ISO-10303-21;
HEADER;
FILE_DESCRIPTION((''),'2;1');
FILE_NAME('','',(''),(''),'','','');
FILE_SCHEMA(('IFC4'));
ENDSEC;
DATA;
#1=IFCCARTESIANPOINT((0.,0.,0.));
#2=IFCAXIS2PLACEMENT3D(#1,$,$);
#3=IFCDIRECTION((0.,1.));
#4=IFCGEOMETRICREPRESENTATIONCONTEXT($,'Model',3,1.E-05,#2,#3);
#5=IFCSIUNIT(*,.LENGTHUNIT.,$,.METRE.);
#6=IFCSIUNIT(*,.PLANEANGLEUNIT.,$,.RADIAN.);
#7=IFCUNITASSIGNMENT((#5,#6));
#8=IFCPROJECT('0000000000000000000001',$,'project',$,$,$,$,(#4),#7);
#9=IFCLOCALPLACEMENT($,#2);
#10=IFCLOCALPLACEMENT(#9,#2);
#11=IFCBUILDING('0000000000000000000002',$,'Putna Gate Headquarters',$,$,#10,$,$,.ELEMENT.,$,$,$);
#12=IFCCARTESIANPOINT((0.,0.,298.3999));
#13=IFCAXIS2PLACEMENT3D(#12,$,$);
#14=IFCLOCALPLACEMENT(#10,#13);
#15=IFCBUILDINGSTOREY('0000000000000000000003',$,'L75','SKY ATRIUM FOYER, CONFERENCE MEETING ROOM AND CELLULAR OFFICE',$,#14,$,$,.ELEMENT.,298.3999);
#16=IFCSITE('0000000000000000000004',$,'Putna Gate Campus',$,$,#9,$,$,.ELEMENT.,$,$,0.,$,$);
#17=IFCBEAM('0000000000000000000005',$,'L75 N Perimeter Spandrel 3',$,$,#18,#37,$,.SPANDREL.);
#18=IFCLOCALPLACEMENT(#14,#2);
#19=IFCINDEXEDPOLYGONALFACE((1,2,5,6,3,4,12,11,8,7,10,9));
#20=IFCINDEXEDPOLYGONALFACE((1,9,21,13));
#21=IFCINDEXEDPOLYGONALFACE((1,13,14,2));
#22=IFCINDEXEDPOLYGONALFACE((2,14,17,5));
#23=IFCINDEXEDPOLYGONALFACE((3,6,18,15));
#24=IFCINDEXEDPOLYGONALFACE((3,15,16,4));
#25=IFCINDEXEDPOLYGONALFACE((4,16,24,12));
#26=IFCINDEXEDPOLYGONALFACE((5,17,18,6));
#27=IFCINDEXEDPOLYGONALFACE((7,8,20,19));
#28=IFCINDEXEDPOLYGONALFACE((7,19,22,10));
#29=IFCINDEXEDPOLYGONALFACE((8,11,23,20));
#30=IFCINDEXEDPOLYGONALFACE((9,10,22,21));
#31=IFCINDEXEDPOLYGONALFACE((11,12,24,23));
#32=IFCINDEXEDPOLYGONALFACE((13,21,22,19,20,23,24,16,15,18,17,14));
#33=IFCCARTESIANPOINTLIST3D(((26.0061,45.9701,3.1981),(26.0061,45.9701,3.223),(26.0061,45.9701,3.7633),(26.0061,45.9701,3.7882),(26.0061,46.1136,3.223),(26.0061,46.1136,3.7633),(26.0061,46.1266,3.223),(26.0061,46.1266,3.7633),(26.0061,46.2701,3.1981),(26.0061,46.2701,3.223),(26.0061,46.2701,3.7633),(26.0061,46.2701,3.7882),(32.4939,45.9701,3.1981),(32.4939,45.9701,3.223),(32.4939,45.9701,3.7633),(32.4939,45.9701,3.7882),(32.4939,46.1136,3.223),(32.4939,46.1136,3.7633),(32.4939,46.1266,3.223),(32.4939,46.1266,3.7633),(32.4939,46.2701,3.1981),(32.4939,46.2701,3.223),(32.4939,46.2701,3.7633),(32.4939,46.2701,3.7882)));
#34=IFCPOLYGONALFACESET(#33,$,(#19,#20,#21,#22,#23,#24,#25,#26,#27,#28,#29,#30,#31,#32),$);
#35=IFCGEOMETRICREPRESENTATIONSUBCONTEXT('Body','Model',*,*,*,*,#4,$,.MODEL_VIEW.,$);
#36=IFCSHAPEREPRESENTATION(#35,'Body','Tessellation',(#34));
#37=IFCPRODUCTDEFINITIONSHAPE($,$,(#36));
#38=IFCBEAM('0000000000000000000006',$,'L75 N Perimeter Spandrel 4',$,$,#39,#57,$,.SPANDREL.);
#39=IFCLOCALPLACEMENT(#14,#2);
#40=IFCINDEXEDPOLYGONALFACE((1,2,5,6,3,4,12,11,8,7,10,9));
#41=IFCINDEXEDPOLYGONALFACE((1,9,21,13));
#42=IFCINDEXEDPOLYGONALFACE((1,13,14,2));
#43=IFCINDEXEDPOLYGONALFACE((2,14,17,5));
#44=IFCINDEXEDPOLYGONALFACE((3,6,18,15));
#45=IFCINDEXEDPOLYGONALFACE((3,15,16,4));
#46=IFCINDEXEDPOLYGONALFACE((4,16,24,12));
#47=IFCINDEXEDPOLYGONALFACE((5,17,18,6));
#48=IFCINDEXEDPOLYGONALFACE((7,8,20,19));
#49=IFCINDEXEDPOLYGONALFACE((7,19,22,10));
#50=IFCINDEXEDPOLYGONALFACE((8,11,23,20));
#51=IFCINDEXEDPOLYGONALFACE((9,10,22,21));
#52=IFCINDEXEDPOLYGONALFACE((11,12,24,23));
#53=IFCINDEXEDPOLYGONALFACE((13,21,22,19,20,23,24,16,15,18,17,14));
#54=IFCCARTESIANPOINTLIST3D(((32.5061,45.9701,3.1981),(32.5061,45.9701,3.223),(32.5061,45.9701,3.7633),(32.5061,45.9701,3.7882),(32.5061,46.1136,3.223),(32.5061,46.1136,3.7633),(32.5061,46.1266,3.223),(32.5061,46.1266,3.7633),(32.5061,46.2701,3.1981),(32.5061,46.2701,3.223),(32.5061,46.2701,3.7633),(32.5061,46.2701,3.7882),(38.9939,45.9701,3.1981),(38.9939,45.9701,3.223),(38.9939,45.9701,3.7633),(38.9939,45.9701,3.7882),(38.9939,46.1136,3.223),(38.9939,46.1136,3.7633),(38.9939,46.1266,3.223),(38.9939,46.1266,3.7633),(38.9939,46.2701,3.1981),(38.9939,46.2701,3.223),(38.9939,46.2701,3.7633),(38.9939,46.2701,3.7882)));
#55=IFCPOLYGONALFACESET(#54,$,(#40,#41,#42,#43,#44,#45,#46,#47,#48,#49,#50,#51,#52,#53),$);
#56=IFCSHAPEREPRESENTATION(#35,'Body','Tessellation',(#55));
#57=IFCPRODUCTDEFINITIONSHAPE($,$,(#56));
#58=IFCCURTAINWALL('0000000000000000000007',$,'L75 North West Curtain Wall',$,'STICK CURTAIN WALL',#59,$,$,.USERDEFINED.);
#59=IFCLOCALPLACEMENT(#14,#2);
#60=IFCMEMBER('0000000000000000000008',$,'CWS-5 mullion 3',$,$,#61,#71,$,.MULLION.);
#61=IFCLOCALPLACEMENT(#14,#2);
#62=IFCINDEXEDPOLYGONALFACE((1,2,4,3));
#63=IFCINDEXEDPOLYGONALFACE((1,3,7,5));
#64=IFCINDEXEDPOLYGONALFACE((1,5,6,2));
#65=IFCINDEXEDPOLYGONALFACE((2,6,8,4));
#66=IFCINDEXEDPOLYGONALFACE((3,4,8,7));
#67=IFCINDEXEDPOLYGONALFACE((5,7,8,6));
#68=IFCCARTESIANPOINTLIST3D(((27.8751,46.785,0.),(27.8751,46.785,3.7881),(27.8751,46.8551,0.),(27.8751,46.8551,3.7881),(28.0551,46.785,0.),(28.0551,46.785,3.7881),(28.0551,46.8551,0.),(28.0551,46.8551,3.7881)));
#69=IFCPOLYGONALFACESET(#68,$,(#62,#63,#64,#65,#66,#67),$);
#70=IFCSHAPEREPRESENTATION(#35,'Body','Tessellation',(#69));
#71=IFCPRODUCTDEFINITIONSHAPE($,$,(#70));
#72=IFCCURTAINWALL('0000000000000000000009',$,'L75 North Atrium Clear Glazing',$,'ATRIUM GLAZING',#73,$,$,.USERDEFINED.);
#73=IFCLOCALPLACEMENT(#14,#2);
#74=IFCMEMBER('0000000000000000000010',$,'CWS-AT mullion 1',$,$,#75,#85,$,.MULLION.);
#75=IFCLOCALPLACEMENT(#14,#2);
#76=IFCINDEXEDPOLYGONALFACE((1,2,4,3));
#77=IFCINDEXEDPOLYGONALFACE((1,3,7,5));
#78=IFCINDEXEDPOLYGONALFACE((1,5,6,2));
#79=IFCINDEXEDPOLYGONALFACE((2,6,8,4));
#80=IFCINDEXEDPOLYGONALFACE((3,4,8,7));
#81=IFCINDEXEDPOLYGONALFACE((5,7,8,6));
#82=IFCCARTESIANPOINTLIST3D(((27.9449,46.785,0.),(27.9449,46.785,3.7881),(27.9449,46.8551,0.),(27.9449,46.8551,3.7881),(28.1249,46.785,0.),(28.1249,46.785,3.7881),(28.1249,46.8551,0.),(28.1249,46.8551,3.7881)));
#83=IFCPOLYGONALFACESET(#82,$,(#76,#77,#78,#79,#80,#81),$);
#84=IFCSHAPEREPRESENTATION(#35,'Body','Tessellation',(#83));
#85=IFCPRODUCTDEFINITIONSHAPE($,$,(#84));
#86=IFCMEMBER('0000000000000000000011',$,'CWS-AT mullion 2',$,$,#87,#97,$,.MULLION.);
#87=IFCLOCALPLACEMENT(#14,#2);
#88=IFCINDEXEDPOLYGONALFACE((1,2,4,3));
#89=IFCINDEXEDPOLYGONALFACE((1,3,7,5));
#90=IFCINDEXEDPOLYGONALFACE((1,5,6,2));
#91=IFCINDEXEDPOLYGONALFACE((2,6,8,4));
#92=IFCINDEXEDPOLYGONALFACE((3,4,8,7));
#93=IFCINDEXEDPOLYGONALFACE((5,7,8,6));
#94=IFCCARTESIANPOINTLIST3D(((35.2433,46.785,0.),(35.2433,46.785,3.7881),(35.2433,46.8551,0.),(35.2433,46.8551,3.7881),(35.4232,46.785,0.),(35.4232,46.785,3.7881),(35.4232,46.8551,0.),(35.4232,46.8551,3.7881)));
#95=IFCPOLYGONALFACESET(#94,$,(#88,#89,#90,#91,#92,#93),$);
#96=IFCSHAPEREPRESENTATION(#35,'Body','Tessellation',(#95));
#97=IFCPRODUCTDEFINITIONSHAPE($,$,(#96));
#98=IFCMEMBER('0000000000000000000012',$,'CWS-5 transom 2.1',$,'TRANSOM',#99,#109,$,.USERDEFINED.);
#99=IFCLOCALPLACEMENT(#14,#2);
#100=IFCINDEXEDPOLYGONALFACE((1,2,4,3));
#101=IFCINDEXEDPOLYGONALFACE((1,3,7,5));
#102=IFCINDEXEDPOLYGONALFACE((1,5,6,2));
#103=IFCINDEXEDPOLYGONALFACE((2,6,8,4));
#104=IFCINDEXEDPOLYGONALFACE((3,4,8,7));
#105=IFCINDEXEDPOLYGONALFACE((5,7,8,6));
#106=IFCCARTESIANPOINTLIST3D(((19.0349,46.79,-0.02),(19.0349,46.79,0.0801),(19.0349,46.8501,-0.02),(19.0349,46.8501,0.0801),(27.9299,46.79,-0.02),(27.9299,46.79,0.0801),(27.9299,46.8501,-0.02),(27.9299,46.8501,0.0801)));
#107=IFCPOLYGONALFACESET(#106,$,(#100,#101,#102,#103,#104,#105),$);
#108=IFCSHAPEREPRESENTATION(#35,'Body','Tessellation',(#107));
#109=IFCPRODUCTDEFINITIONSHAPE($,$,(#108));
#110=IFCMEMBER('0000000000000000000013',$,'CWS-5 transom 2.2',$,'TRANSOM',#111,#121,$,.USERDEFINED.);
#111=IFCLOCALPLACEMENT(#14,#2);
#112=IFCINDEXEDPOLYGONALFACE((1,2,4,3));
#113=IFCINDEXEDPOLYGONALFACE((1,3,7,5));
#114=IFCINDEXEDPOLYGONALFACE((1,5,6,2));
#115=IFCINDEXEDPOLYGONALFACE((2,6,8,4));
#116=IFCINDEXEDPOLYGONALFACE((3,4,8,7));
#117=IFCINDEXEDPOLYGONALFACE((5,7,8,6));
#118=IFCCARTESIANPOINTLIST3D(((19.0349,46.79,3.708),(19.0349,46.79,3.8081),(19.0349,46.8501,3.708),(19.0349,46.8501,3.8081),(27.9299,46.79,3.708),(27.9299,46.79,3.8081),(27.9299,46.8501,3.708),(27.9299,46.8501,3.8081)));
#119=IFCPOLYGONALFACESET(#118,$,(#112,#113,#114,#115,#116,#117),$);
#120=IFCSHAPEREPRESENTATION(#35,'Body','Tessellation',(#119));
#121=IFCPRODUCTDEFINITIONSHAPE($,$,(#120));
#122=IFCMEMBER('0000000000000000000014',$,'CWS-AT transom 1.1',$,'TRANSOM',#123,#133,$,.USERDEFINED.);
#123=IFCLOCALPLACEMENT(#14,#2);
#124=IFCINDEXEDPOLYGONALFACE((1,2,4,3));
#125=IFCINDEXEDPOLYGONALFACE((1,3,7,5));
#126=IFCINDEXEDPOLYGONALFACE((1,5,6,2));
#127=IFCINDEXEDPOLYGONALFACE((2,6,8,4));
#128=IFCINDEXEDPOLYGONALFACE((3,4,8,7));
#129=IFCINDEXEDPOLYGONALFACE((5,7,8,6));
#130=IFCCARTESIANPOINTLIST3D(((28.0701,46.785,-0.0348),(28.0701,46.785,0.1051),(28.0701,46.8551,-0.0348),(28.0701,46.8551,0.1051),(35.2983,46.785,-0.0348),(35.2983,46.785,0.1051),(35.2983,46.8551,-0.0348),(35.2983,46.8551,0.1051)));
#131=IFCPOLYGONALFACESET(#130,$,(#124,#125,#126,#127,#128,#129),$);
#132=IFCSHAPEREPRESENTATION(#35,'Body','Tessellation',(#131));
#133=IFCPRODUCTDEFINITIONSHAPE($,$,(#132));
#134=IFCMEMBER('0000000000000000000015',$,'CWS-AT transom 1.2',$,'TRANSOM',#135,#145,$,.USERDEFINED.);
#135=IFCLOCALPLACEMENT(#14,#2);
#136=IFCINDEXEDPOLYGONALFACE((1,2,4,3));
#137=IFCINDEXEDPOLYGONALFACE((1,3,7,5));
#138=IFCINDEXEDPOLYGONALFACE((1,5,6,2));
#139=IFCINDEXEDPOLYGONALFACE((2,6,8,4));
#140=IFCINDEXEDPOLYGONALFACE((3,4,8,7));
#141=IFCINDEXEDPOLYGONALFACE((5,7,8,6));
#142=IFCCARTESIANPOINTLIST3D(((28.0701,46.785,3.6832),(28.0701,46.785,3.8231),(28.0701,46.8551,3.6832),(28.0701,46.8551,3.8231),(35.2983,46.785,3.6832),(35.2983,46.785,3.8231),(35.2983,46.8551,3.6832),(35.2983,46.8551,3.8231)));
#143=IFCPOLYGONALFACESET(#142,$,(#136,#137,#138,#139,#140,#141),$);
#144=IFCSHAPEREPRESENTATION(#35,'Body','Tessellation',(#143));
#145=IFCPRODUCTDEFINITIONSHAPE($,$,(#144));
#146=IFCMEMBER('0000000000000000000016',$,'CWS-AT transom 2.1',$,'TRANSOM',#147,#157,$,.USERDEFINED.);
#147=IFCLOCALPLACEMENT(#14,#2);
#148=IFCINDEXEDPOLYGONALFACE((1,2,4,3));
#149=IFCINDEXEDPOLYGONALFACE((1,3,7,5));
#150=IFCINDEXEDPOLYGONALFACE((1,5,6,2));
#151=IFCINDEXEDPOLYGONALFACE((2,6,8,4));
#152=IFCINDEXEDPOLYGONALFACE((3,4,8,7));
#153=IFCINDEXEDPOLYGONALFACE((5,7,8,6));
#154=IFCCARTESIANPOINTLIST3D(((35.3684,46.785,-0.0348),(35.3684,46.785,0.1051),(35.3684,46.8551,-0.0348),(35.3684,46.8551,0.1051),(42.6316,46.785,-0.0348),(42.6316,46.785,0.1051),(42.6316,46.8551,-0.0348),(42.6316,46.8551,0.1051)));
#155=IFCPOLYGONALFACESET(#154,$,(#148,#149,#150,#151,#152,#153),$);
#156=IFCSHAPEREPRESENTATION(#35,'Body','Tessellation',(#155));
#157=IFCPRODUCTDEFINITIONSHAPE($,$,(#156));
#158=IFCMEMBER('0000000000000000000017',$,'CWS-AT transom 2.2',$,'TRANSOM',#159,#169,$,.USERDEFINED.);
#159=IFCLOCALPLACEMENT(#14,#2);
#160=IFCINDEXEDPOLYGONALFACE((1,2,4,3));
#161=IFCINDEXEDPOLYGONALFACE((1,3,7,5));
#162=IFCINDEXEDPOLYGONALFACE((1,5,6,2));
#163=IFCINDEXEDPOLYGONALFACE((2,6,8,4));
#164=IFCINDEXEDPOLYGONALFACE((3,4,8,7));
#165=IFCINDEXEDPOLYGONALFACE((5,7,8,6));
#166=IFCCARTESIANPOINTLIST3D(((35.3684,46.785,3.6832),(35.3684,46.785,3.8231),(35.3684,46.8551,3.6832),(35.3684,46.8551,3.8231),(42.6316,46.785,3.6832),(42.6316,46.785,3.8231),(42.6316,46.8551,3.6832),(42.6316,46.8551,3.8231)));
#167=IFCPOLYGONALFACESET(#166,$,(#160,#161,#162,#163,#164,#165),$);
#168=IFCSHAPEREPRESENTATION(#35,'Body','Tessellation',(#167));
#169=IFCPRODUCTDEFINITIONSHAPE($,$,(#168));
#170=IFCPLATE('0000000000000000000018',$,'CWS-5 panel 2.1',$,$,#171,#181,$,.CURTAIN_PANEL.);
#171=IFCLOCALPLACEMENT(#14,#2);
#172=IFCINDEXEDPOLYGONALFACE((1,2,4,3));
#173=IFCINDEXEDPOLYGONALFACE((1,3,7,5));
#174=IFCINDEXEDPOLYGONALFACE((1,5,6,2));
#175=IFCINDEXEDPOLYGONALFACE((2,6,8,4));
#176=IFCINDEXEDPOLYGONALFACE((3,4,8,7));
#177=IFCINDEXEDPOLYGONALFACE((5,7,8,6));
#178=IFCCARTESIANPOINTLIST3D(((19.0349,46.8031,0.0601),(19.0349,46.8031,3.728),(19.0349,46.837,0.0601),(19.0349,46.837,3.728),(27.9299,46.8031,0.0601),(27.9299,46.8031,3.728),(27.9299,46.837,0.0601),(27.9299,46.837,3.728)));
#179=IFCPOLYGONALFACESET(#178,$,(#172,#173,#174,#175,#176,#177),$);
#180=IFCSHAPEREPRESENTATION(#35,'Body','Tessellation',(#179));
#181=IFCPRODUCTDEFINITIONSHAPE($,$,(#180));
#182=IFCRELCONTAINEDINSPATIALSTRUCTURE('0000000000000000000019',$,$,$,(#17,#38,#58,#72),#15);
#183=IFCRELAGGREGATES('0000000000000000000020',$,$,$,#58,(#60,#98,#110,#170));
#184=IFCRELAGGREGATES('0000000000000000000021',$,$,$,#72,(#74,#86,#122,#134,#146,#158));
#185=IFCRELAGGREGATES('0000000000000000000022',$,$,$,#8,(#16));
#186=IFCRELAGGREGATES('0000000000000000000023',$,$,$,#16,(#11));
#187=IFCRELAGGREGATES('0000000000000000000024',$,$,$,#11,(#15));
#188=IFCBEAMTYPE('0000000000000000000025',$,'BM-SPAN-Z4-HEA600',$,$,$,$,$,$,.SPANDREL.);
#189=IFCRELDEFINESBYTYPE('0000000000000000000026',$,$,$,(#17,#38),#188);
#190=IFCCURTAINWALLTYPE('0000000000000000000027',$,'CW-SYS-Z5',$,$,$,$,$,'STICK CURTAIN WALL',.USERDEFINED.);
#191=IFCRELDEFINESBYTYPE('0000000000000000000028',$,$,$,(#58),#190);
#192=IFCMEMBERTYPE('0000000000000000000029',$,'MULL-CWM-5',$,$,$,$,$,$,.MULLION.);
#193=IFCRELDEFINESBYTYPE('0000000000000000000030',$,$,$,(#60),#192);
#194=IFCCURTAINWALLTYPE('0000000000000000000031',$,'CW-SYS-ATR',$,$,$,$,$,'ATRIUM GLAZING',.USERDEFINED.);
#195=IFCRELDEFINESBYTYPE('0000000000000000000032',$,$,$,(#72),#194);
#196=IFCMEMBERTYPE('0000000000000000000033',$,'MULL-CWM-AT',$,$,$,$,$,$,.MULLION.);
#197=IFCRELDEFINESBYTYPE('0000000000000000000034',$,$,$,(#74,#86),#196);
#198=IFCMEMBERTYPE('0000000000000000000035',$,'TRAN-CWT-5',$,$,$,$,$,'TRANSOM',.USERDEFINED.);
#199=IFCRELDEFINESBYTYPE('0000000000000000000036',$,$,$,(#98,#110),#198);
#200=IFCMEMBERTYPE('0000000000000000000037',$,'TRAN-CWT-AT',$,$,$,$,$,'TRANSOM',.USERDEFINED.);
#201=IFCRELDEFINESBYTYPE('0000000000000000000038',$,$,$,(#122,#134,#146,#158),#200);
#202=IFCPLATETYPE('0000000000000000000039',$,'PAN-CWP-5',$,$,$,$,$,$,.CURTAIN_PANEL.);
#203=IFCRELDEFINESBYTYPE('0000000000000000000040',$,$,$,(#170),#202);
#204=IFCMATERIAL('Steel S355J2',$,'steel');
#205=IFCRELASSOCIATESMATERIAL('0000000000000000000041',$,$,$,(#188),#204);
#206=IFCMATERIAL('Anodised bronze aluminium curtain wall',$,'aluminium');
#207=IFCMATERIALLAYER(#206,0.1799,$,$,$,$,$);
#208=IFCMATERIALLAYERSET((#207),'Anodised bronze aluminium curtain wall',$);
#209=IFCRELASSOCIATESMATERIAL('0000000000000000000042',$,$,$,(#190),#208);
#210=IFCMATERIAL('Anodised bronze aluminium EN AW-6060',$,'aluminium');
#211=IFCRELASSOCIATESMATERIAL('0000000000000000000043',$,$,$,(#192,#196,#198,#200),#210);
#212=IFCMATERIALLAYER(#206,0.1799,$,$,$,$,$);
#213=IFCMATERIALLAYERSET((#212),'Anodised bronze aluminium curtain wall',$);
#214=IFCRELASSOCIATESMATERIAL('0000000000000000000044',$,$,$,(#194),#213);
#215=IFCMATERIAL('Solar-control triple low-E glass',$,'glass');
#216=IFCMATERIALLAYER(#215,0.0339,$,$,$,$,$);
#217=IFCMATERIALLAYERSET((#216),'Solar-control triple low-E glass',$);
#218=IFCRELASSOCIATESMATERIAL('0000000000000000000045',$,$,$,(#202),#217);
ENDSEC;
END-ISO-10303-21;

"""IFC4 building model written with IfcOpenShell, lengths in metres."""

from ifc_helpers import new_model, si_unit, direction, frame, origin, origin_2d, place, context, subcontext, project, spatial, rectangle, i_section, extrude, material, layer, layer_set, material_profile, profile_set, type_object, element, aggregate, save


model = new_model("IFC4")

# Units and contexts
model_context = context("Model", 3, precision=1e-05, world=origin(), true_north=direction((0.0, 1.0)))
body_context = subcontext(model_context, "Body", "Model", "MODEL_VIEW")
ifc_project = project(units=[si_unit("LENGTHUNIT", "METRE"), si_unit("PLANEANGLEUNIT", "RADIAN")], contexts=[model_context])

# Site, building, storey
site_placement = place(None, origin())
site = spatial("IfcSite", under=ifc_project, at=site_placement, Name="Putna Gate Campus", CompositionType="ELEMENT", RefElevation=0.0)
building_placement = place(site_placement, origin())
building = spatial("IfcBuilding", under=site, at=building_placement, Name="Putna Gate Headquarters", CompositionType="ELEMENT")
storey_placement = place(building_placement, frame((0.0, 0.0, 298.3999)))
storey = spatial("IfcBuildingStorey", under=building, at=storey_placement, Name="L75", Description="SKY ATRIUM FOYER, CONFERENCE MEETING ROOM AND CELLULAR OFFICE", CompositionType="ELEMENT", Elevation=298.3999)

# Beams
ifc_material_1 = material(Name="Steel S355J2", Category="steel")
ifc_material_profile_1 = material_profile(ifc_material_1, i_section(OverallWidth=0.3, OverallDepth=0.5901, WebThickness=0.0129, FlangeThickness=0.0249, at=origin_2d()), Name="Steel S355J2")
ifc_profile_set_1 = profile_set([ifc_material_profile_1], Name="Steel S355J2")
beam_type_1 = type_object("IfcBeamType", Name="BM-SPAN-Z4-HEA600", PredefinedType="SPANDREL", material=ifc_profile_set_1)
for number, where, z_axis, x_axis, name in (
    (1, (26.0061, 46.1201, 3.4932), (1.0, 0.0, 0.0), (0.0, 1.0, 0.0), "L75 N Perimeter Spandrel 3"),
    (2, (32.5061, 46.1201, 3.4932), (1.0, 0.0, 0.0), (0.0, 1.0, 0.0), "L75 N Perimeter Spandrel 4"),
):
    element("IfcBeam", number, at=place(storey_placement, frame(where, z_axis=z_axis, x_axis=x_axis)), inside=storey, type_object=beam_type_1, Name=name, PredefinedType="SPANDREL", context=body_context, shape_type="SweptSolid", body=[
        extrude(i_section(OverallWidth=0.3, OverallDepth=0.5901, WebThickness=0.0129, FlangeThickness=0.0249, at=origin_2d()), origin(), (0.0, 0.0, 1.0), 6.4878),
    ])

# Curtain wall, member
ifc_material_2 = material(Name="Anodised bronze aluminium curtain wall", Category="aluminium")
ifc_layer_1 = layer(ifc_material_2, 0.1799)
ifc_layer_set_1 = layer_set([ifc_layer_1], Name="Anodised bronze aluminium curtain wall")
curtain_wall_type_1 = type_object("IfcCurtainWallType", Name="CW-SYS-Z5", ElementType="STICK CURTAIN WALL", PredefinedType="USERDEFINED", material=ifc_layer_set_1)
curtain_wall_1_placement = place(storey_placement, origin())
curtain_wall_1 = element("IfcCurtainWall", 3, at=curtain_wall_1_placement, inside=storey, type_object=curtain_wall_type_1, Name="L75 North West Curtain Wall", ObjectType="STICK CURTAIN WALL", PredefinedType="USERDEFINED")
ifc_material_3 = material(Name="Anodised bronze aluminium EN AW-6060", Category="aluminium")
ifc_material_profile_2 = material_profile(ifc_material_3, rectangle(XDim=0.0701, YDim=0.1799, at=origin_2d()), Name="Anodised bronze aluminium EN AW-6060")
ifc_profile_set_2 = profile_set([ifc_material_profile_2], Name="Anodised bronze aluminium EN AW-6060")
member_type_1 = type_object("IfcMemberType", Name="MULL-CWM-5", PredefinedType="MULLION", material=ifc_profile_set_2)
member_1_placement = place(storey_placement, frame((27.9651, 46.8201, 0.0), z_axis=(0.0, 0.0, 1.0), x_axis=(0.0, 1.0, 0.0)))
member_1 = element("IfcMember", 4, at=member_1_placement, type_object=member_type_1, Name="CWS-5 mullion 3", PredefinedType="MULLION", context=body_context, shape_type="SweptSolid", body=[
    extrude(rectangle(XDim=0.0701, YDim=0.1799, at=origin_2d()), origin(), (0.0, 0.0, 1.0), 3.7881),
])

# Curtain wall, members
ifc_layer_2 = layer(ifc_material_2, 0.1799)
ifc_layer_set_2 = layer_set([ifc_layer_2], Name="Anodised bronze aluminium curtain wall")
curtain_wall_type_2 = type_object("IfcCurtainWallType", Name="CW-SYS-ATR", ElementType="ATRIUM GLAZING", PredefinedType="USERDEFINED", material=ifc_layer_set_2)
curtain_wall_2_placement = place(storey_placement, origin())
curtain_wall_2 = element("IfcCurtainWall", 5, at=curtain_wall_2_placement, inside=storey, type_object=curtain_wall_type_2, Name="L75 North Atrium Clear Glazing", ObjectType="ATRIUM GLAZING", PredefinedType="USERDEFINED")
ifc_material_profile_3 = material_profile(ifc_material_3, rectangle(XDim=0.0701, YDim=0.1799, at=origin_2d()), Name="Anodised bronze aluminium EN AW-6060")
ifc_profile_set_3 = profile_set([ifc_material_profile_3], Name="Anodised bronze aluminium EN AW-6060")
member_type_2 = type_object("IfcMemberType", Name="MULL-CWM-AT", PredefinedType="MULLION", material=ifc_profile_set_3)
member_2_placement = place(storey_placement, frame((28.0349, 46.8201, 0.0), z_axis=(0.0, 0.0, 1.0), x_axis=(0.0, 1.0, 0.0)))
member_2 = element("IfcMember", 6, at=member_2_placement, type_object=member_type_2, Name="CWS-AT mullion 1", PredefinedType="MULLION", context=body_context, shape_type="SweptSolid", body=[
    extrude(rectangle(XDim=0.0701, YDim=0.1799, at=origin_2d()), origin(), (0.0, 0.0, 1.0), 3.7881),
])
member_3_placement = place(storey_placement, frame((35.3333, 46.8201, 0.0), z_axis=(0.0, 0.0, 1.0), x_axis=(0.0, 1.0, 0.0)))
member_3 = element("IfcMember", 7, at=member_3_placement, type_object=member_type_2, Name="CWS-AT mullion 2", PredefinedType="MULLION", context=body_context, shape_type="SweptSolid", body=[
    extrude(rectangle(XDim=0.0701, YDim=0.1799, at=origin_2d()), origin(), (0.0, 0.0, 1.0), 3.7881),
])

# Members
ifc_material_profile_4 = material_profile(ifc_material_3, rectangle(XDim=0.0601, YDim=0.1001, at=origin_2d()), Name="Anodised bronze aluminium EN AW-6060")
ifc_profile_set_4 = profile_set([ifc_material_profile_4], Name="Anodised bronze aluminium EN AW-6060")
member_type_3 = type_object("IfcMemberType", Name="TRAN-CWT-5", ElementType="TRANSOM", PredefinedType="USERDEFINED", material=ifc_profile_set_4)
member_4_placement = place(storey_placement, frame((19.0349, 46.8201, 0.03), z_axis=(1.0, 0.0, 0.0), x_axis=(0.0, 1.0, 0.0)))
member_4 = element("IfcMember", 8, at=member_4_placement, type_object=member_type_3, Name="CWS-5 transom 2.1", ObjectType="TRANSOM", PredefinedType="USERDEFINED", context=body_context, shape_type="SweptSolid", body=[
    extrude(rectangle(XDim=0.0601, YDim=0.1001, at=origin_2d()), origin(), (0.0, 0.0, 1.0), 8.895),
])
member_5_placement = place(storey_placement, frame((19.0349, 46.8201, 3.7581), z_axis=(1.0, 0.0, 0.0), x_axis=(0.0, 1.0, 0.0)))
member_5 = element("IfcMember", 9, at=member_5_placement, type_object=member_type_3, Name="CWS-5 transom 2.2", ObjectType="TRANSOM", PredefinedType="USERDEFINED", context=body_context, shape_type="SweptSolid", body=[
    extrude(rectangle(XDim=0.0601, YDim=0.1001, at=origin_2d()), origin(), (0.0, 0.0, 1.0), 8.895),
])
ifc_material_profile_5 = material_profile(ifc_material_3, rectangle(XDim=0.0701, YDim=0.1399, at=origin_2d()), Name="Anodised bronze aluminium EN AW-6060")
ifc_profile_set_5 = profile_set([ifc_material_profile_5], Name="Anodised bronze aluminium EN AW-6060")
member_type_4 = type_object("IfcMemberType", Name="TRAN-CWT-AT", ElementType="TRANSOM", PredefinedType="USERDEFINED", material=ifc_profile_set_5)
member_6_placement = place(storey_placement, frame((28.0701, 46.8201, 0.0352), z_axis=(1.0, 0.0, 0.0), x_axis=(0.0, 1.0, 0.0)))
member_6 = element("IfcMember", 10, at=member_6_placement, type_object=member_type_4, Name="CWS-AT transom 1.1", ObjectType="TRANSOM", PredefinedType="USERDEFINED", context=body_context, shape_type="SweptSolid", body=[
    extrude(rectangle(XDim=0.0701, YDim=0.1399, at=origin_2d()), origin(), (0.0, 0.0, 1.0), 7.2283),
])
member_7_placement = place(storey_placement, frame((28.0701, 46.8201, 3.7532), z_axis=(1.0, 0.0, 0.0), x_axis=(0.0, 1.0, 0.0)))
member_7 = element("IfcMember", 11, at=member_7_placement, type_object=member_type_4, Name="CWS-AT transom 1.2", ObjectType="TRANSOM", PredefinedType="USERDEFINED", context=body_context, shape_type="SweptSolid", body=[
    extrude(rectangle(XDim=0.0701, YDim=0.1399, at=origin_2d()), origin(), (0.0, 0.0, 1.0), 7.2283),
])
member_8_placement = place(storey_placement, frame((35.3684, 46.8201, 0.0352), z_axis=(1.0, 0.0, 0.0), x_axis=(0.0, 1.0, 0.0)))
member_8 = element("IfcMember", 12, at=member_8_placement, type_object=member_type_4, Name="CWS-AT transom 2.1", ObjectType="TRANSOM", PredefinedType="USERDEFINED", context=body_context, shape_type="SweptSolid", body=[
    extrude(rectangle(XDim=0.0701, YDim=0.1399, at=origin_2d()), origin(), (0.0, 0.0, 1.0), 7.2632),
])
member_9_placement = place(storey_placement, frame((35.3684, 46.8201, 3.7532), z_axis=(1.0, 0.0, 0.0), x_axis=(0.0, 1.0, 0.0)))
member_9 = element("IfcMember", 13, at=member_9_placement, type_object=member_type_4, Name="CWS-AT transom 2.2", ObjectType="TRANSOM", PredefinedType="USERDEFINED", context=body_context, shape_type="SweptSolid", body=[
    extrude(rectangle(XDim=0.0701, YDim=0.1399, at=origin_2d()), origin(), (0.0, 0.0, 1.0), 7.2632),
])

# Plate
ifc_material_4 = material(Name="Solar-control triple low-E glass", Category="glass")
ifc_layer_3 = layer(ifc_material_4, 0.0339)
ifc_layer_set_3 = layer_set([ifc_layer_3], Name="Solar-control triple low-E glass")
plate_type_1 = type_object("IfcPlateType", Name="PAN-CWP-5", PredefinedType="CURTAIN_PANEL", material=ifc_layer_set_3)
plate_1_placement = place(storey_placement, frame((23.4824, 46.8201, 0.0601), z_axis=(0.0, 0.0, 1.0), x_axis=(1.0, 0.0, 0.0)))
plate_1 = element("IfcPlate", 14, at=plate_1_placement, type_object=plate_type_1, Name="CWS-5 panel 2.1", PredefinedType="CURTAIN_PANEL", context=body_context, shape_type="SweptSolid", body=[
    extrude(rectangle(XDim=8.895, YDim=0.0339, at=origin_2d()), origin(), (0.0, 0.0, 1.0), 3.668),
])
aggregate(curtain_wall_1, [member_1, member_4, member_5, plate_1])
aggregate(curtain_wall_2, [member_2, member_3, member_6, member_7, member_8, member_9])

save(model, "model.ifc")
